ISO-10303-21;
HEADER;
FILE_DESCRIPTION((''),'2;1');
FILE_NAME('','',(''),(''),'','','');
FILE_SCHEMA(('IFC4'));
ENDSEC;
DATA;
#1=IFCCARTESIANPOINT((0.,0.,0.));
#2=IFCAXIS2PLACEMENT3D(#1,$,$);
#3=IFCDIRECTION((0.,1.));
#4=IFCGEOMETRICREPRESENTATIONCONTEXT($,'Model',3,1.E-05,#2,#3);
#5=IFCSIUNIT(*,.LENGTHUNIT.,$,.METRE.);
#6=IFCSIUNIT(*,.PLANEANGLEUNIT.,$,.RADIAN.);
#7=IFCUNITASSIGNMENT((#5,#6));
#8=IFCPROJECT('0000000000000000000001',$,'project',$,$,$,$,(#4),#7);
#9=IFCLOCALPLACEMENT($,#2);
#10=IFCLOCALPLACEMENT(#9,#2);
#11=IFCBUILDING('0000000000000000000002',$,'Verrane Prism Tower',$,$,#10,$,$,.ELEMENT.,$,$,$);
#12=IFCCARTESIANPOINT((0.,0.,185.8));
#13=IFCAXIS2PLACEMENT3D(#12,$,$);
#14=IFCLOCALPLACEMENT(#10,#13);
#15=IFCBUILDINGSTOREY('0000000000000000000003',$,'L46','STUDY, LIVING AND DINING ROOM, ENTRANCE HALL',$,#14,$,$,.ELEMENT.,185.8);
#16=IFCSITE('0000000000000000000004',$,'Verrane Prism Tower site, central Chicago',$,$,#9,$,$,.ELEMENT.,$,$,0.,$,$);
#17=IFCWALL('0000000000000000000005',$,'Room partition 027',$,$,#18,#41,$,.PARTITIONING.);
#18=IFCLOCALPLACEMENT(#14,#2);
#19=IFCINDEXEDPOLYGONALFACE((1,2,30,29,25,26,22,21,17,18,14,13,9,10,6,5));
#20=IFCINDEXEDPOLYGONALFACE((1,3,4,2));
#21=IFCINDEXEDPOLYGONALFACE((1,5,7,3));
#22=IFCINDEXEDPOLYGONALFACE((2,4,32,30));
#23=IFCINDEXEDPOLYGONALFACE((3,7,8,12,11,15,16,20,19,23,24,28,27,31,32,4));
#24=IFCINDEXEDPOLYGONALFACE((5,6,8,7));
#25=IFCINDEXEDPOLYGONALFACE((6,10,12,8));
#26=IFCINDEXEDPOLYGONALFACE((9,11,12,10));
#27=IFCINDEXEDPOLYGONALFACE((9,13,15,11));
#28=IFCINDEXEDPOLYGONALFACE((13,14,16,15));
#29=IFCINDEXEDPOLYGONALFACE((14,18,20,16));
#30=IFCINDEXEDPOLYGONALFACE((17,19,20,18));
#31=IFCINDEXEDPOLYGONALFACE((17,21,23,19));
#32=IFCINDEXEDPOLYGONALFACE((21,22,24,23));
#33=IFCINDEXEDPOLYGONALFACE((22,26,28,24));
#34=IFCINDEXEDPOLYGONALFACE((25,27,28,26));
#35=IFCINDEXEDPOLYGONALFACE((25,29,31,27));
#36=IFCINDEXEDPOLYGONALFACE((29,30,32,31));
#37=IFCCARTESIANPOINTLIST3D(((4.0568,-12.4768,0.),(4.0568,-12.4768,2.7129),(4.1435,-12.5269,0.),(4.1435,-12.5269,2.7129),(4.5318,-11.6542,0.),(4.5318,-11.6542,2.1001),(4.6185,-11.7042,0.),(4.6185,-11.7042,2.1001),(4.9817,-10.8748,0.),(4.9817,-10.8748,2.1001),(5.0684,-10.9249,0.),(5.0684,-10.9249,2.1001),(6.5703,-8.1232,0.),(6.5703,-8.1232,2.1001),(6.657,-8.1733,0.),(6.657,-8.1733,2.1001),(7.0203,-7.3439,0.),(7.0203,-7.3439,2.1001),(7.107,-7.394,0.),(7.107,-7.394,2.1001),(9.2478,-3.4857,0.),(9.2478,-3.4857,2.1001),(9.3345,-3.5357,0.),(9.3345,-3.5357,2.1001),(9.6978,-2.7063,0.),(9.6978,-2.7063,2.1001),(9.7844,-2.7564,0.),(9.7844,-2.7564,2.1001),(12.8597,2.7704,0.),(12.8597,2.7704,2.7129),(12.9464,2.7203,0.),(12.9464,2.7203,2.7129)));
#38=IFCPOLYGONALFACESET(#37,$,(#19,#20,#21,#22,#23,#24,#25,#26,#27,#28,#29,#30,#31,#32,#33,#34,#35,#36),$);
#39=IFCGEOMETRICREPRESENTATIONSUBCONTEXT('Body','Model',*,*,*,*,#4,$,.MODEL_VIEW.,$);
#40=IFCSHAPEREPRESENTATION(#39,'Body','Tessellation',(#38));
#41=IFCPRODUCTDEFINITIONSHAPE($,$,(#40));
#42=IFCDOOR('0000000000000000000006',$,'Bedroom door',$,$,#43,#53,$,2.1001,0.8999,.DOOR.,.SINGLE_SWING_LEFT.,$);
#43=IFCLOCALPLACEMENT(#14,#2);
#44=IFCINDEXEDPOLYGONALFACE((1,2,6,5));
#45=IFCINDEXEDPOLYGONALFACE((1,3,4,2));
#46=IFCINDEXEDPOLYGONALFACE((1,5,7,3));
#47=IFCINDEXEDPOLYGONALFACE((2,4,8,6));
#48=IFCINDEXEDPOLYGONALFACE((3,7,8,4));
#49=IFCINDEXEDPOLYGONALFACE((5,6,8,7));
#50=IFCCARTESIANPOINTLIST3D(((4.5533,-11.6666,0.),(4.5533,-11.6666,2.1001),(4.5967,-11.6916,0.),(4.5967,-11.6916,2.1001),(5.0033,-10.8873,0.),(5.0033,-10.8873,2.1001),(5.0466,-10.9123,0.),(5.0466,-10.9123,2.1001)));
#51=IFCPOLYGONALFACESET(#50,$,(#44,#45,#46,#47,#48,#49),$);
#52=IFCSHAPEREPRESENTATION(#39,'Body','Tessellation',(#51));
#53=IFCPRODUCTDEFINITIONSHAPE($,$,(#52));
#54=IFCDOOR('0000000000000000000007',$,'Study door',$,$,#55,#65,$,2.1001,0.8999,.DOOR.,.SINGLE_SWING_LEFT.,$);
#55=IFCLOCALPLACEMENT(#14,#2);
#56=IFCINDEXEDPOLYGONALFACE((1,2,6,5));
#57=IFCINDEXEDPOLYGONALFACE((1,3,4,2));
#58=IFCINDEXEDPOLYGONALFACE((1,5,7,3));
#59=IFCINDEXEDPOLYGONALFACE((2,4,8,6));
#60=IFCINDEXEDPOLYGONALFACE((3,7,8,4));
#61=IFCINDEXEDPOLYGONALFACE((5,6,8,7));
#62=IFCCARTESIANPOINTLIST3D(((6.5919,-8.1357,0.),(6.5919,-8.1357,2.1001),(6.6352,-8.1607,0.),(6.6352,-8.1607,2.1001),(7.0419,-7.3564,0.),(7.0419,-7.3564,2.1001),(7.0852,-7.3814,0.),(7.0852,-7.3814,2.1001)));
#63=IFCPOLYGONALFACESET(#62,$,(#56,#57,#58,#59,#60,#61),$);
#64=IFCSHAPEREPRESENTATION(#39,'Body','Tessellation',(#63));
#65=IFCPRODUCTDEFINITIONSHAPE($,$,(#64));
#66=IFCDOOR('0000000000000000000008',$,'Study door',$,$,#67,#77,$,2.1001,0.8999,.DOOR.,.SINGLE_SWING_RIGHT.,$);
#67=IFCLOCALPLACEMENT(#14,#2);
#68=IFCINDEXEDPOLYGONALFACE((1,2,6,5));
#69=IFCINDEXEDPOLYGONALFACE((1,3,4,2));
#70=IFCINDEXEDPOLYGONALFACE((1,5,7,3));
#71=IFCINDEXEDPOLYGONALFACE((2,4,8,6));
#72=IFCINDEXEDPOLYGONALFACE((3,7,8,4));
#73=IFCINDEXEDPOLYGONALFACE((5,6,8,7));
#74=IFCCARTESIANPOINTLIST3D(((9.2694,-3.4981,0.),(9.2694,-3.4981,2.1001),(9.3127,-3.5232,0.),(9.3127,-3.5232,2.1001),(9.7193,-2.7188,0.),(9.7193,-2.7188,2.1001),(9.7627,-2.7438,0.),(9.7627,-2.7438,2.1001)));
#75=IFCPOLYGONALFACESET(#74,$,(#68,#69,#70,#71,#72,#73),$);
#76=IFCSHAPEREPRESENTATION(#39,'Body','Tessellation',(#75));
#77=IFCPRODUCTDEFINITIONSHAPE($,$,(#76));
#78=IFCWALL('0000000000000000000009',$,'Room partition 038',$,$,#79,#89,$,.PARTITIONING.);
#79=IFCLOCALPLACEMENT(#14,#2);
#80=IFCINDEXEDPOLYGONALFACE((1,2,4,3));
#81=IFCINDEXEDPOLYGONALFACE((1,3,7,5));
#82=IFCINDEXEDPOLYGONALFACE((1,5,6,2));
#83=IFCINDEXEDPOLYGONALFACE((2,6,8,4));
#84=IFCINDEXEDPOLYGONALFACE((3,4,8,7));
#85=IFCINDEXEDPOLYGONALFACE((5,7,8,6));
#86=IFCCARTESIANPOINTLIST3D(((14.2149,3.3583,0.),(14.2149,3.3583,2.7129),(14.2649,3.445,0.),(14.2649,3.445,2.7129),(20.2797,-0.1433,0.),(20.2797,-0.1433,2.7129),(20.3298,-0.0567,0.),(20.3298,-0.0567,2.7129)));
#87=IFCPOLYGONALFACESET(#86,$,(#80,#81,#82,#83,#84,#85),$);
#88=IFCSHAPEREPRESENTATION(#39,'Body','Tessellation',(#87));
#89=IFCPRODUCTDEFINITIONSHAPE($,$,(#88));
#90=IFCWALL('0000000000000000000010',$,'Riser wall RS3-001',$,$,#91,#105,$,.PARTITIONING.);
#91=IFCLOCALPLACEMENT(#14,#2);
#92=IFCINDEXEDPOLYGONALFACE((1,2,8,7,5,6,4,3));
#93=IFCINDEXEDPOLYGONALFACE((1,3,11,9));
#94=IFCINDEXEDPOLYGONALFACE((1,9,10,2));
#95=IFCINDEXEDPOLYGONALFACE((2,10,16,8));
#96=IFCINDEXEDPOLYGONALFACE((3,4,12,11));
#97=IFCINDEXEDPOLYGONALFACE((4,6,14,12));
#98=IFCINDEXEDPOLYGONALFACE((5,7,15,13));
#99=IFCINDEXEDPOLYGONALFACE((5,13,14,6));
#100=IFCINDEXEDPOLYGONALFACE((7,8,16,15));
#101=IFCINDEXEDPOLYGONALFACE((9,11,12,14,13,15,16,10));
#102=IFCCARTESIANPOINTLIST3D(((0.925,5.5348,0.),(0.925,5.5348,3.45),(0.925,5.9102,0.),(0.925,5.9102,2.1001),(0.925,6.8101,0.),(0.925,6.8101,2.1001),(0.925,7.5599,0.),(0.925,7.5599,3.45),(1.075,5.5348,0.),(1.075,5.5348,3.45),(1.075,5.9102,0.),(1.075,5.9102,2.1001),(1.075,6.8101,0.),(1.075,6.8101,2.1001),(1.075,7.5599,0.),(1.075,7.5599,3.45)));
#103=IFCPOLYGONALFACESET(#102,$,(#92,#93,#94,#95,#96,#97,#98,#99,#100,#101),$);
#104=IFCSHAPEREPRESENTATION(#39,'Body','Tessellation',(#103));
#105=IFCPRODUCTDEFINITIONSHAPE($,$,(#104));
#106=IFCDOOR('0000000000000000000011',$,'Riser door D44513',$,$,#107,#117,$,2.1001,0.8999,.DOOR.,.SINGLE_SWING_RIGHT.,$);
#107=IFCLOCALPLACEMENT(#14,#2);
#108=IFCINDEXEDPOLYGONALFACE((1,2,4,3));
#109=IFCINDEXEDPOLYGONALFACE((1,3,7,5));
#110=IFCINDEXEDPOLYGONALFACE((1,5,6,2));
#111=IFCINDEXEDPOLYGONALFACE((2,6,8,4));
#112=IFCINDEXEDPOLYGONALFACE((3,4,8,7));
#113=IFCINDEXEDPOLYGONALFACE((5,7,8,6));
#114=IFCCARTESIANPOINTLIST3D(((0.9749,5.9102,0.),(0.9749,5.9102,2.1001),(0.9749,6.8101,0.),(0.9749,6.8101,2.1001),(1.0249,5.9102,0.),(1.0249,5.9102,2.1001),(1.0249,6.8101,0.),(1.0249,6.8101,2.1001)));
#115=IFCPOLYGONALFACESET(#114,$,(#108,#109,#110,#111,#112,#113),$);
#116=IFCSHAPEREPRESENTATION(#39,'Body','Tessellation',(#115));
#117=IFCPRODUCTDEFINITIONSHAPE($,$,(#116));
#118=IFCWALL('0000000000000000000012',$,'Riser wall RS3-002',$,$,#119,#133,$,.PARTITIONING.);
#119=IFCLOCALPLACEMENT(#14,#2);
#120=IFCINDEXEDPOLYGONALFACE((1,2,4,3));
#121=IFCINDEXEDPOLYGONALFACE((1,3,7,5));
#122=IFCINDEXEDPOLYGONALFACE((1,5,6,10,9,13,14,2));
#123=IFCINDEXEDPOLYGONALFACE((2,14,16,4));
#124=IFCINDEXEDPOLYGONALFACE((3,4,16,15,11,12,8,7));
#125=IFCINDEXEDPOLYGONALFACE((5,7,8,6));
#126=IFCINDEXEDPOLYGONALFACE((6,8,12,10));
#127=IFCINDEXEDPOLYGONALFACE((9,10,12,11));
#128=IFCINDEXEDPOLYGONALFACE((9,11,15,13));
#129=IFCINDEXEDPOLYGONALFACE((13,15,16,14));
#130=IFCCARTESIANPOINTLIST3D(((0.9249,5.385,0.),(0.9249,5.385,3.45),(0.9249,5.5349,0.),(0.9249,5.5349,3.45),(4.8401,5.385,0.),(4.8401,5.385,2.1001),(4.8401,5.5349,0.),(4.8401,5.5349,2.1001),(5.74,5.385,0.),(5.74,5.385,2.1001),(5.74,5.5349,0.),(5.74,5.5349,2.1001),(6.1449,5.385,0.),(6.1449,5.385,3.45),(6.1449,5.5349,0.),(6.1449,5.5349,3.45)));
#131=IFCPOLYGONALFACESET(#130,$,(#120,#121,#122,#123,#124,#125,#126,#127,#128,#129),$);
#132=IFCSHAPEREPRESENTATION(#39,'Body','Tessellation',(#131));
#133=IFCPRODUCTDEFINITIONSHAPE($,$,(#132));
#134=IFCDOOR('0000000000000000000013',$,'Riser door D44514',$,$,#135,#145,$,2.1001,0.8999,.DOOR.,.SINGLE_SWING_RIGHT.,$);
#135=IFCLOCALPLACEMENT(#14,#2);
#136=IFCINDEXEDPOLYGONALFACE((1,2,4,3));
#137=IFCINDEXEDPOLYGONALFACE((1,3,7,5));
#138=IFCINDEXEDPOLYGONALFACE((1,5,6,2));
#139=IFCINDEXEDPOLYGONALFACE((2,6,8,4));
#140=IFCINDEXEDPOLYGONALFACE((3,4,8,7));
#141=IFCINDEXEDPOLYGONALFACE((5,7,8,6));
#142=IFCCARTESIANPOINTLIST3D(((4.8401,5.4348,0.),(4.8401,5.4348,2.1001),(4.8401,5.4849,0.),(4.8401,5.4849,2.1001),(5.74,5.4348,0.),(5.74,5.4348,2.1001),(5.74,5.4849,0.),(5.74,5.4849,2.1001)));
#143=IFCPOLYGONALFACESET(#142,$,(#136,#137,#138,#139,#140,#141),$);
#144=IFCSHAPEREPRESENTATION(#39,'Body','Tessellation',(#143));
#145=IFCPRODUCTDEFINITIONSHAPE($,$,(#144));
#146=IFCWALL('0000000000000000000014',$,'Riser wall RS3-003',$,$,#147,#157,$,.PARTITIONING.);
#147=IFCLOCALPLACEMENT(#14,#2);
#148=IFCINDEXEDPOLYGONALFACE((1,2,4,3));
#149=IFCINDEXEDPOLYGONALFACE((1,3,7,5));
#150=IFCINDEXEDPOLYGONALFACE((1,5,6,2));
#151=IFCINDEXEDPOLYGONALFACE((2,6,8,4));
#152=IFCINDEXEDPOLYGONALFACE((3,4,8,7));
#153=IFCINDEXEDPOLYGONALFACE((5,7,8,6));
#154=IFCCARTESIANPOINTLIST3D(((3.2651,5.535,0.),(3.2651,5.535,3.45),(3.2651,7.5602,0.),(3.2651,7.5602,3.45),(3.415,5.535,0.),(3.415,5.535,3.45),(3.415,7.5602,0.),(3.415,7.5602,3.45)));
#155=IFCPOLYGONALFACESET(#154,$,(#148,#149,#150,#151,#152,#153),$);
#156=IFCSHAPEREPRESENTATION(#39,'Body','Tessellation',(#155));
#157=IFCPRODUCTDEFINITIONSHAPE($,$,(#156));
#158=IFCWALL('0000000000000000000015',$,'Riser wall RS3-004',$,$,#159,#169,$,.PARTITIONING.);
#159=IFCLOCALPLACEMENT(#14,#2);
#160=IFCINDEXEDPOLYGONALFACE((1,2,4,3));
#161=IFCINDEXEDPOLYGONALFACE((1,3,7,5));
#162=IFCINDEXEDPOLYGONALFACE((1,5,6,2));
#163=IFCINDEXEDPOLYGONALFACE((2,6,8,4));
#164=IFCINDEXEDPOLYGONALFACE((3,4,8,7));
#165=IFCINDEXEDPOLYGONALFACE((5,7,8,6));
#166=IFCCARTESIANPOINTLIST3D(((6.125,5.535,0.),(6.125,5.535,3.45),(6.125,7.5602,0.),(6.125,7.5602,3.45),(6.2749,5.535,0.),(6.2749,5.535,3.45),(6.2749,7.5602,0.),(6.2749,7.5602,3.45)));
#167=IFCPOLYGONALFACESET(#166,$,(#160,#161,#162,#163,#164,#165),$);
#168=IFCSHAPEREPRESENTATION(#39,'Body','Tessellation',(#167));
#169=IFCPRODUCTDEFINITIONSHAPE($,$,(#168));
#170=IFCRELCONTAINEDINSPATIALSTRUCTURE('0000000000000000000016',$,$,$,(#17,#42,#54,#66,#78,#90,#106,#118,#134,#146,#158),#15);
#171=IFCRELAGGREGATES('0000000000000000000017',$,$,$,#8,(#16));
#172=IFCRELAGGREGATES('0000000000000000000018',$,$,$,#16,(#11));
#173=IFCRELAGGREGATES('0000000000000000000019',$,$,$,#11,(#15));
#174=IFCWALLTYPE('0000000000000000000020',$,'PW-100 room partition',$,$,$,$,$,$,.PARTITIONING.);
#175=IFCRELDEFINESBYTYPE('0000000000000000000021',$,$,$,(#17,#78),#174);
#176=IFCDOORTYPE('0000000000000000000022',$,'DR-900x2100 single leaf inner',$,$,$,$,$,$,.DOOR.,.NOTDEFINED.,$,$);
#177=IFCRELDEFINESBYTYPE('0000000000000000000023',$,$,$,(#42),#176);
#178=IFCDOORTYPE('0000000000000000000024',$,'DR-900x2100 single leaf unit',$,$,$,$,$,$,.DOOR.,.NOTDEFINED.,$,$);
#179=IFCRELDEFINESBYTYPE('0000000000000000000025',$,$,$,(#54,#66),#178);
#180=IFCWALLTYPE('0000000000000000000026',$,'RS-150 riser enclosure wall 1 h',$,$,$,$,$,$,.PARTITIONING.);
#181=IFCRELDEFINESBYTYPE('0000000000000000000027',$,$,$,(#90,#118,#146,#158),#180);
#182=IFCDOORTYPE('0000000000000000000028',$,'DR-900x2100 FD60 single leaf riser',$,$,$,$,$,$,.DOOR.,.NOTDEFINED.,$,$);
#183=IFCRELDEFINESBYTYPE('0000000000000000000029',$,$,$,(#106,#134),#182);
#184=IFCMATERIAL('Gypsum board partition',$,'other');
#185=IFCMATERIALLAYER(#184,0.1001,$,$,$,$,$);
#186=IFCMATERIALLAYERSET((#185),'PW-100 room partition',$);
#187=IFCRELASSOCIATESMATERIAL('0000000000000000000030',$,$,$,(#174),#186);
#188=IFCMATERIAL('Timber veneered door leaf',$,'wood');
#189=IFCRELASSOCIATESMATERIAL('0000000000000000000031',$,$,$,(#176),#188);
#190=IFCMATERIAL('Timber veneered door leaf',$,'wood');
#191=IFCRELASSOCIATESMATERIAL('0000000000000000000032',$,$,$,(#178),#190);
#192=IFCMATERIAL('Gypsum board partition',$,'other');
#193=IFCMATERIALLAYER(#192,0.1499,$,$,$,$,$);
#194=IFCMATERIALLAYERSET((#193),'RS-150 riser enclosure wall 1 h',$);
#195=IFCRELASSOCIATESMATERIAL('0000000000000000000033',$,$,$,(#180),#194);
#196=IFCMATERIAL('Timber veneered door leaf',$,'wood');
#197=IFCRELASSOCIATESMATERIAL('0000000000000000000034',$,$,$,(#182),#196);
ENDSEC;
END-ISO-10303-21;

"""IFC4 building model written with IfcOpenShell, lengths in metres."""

from ifc_helpers import new_model, si_unit, direction, frame, frame_2d, origin, place, context, subcontext, project, spatial, rectangle, extrude, material, layer, layer_set, type_object, element, fill, save


model = new_model("IFC4")

# Units and contexts
model_context = context("Model", 3, precision=1e-05, world=origin(), true_north=direction((0.0, 1.0)))
body_context = subcontext(model_context, "Body", "Model", "MODEL_VIEW")
ifc_project = project(units=[si_unit("LENGTHUNIT", "METRE"), si_unit("PLANEANGLEUNIT", "RADIAN")], contexts=[model_context])

# Site, building, storey
site_placement = place(None, origin())
site = spatial("IfcSite", under=ifc_project, at=site_placement, Name="Verrane Prism Tower site, central Chicago", CompositionType="ELEMENT", RefElevation=0.0)
building_placement = place(site_placement, origin())
building = spatial("IfcBuilding", under=site, at=building_placement, Name="Verrane Prism Tower", CompositionType="ELEMENT")
storey_placement = place(building_placement, frame((0.0, 0.0, 185.8)))
storey = spatial("IfcBuildingStorey", under=building, at=storey_placement, Name="L46", Description="STUDY, LIVING AND DINING ROOM, ENTRANCE HALL", CompositionType="ELEMENT", Elevation=185.8)

# Wall, openings, doors
ifc_material_1 = material(Name="Gypsum board partition", Category="other")
ifc_layer_1 = layer(ifc_material_1, 0.1001)
ifc_layer_set_1 = layer_set([ifc_layer_1], Name="PW-100 room partition")
wall_type_1 = type_object("IfcWallType", Name="PW-100 room partition", PredefinedType="PARTITIONING", material=ifc_layer_set_1)
wall_1_placement = place(storey_placement, frame((12.9031, 2.7454, 0.0), z_axis=(0.0, 0.0, 1.0), x_axis=(-0.499997, -0.866027, 0.0)))
wall_1 = element("IfcWall", 1, at=wall_1_placement, inside=storey, type_object=wall_type_1, Name="Room partition 027", PredefinedType="PARTITIONING", context=body_context, shape_type="SweptSolid", body=[
    extrude(rectangle(XDim=17.606, YDim=0.1001, at=frame_2d((8.803, 0.0))), origin(), (0.0, 0.0, 1.0), 2.7129),
])
opening_1_placement = place(wall_1_placement, frame((15.7561, 0.0, 0.0)))
opening_1 = element("IfcOpeningElement", 2, at=opening_1_placement, cuts=wall_1, PredefinedType="OPENING", context=body_context, shape_type="SweptSolid", body=[
    extrude(rectangle(XDim=0.8999, YDim=2.1001, at=frame_2d((0.45, 1.05))), frame((0.0, 0.0601, 0.0), z_axis=(0.0, -1.0, 0.0), x_axis=(1.0, 0.0, 0.0)), (0.0, 0.0, 1.0), 0.1201),
])
opening_2_placement = place(wall_1_placement, frame((11.679, 0.0, 0.0)))
opening_2 = element("IfcOpeningElement", 3, at=opening_2_placement, cuts=wall_1, PredefinedType="OPENING", context=body_context, shape_type="SweptSolid", body=[
    extrude(rectangle(XDim=0.8999, YDim=2.1001, at=frame_2d((0.45, 1.05))), frame((0.0, 0.0601, 0.0), z_axis=(0.0, -1.0, 0.0), x_axis=(1.0, 0.0, 0.0)), (0.0, 0.0, 1.0), 0.1201),
])
opening_3_placement = place(wall_1_placement, frame((6.324, 0.0, 0.0)))
opening_3 = element("IfcOpeningElement", 4, at=opening_3_placement, cuts=wall_1, PredefinedType="OPENING", context=body_context, shape_type="SweptSolid", body=[
    extrude(rectangle(XDim=0.8999, YDim=2.1001, at=frame_2d((0.45, 1.05))), frame((0.0, 0.0601, 0.0), z_axis=(0.0, -1.0, 0.0), x_axis=(1.0, 0.0, 0.0)), (0.0, 0.0, 1.0), 0.1201),
])
ifc_material_2 = material(Name="Timber veneered door leaf", Category="wood")
door_type_1 = type_object("IfcDoorType", Name="DR-900x2100 single leaf inner", OperationType="NOTDEFINED", PredefinedType="DOOR", material=ifc_material_2)
door_1_placement = place(opening_1_placement, origin())
door_1 = element("IfcDoor", 5, at=door_1_placement, inside=storey, type_object=door_type_1, Name="Bedroom door", OperationType="SINGLE_SWING_LEFT", OverallHeight=2.1001, OverallWidth=0.8999, PredefinedType="DOOR", context=body_context, shape_type="SweptSolid", body=[
    extrude(rectangle(XDim=0.8999, YDim=2.1001, at=frame_2d((0.45, 1.05))), frame((0.0, 0.0249, 0.0), z_axis=(0.0, -1.0, 0.0), x_axis=(1.0, 0.0, 0.0)), (0.0, 0.0, 1.0), 0.05),
])
fill(opening_1, door_1)
ifc_material_3 = material(Name="Timber veneered door leaf", Category="wood")
door_type_2 = type_object("IfcDoorType", Name="DR-900x2100 single leaf unit", OperationType="NOTDEFINED", PredefinedType="DOOR", material=ifc_material_3)
door_2_placement = place(opening_2_placement, origin())
door_2 = element("IfcDoor", 6, at=door_2_placement, inside=storey, type_object=door_type_2, Name="Study door", OperationType="SINGLE_SWING_LEFT", OverallHeight=2.1001, OverallWidth=0.8999, PredefinedType="DOOR", context=body_context, shape_type="SweptSolid", body=[
    extrude(rectangle(XDim=0.8999, YDim=2.1001, at=frame_2d((0.45, 1.05))), frame((0.0, 0.0249, 0.0), z_axis=(0.0, -1.0, 0.0), x_axis=(1.0, 0.0, 0.0)), (0.0, 0.0, 1.0), 0.05),
])
fill(opening_2, door_2)
door_3_placement = place(opening_3_placement, origin())
door_3 = element("IfcDoor", 7, at=door_3_placement, inside=storey, type_object=door_type_2, Name="Study door", OperationType="SINGLE_SWING_RIGHT", OverallHeight=2.1001, OverallWidth=0.8999, PredefinedType="DOOR", context=body_context, shape_type="SweptSolid", body=[
    extrude(rectangle(XDim=0.8999, YDim=2.1001, at=frame_2d((0.45, 1.05))), frame((0.0, 0.0249, 0.0), z_axis=(0.0, -1.0, 0.0), x_axis=(1.0, 0.0, 0.0)), (0.0, 0.0, 1.0), 0.05),
])
fill(opening_3, door_3)

# Wall
wall_2_placement = place(storey_placement, frame((14.24, 3.4016, 0.0), z_axis=(0.0, 0.0, 1.0), x_axis=(0.866018, -0.500012, 0.0)))
element("IfcWall", 8, at=wall_2_placement, inside=storey, type_object=wall_type_1, Name="Room partition 038", PredefinedType="PARTITIONING", context=body_context, shape_type="SweptSolid", body=[
    extrude(rectangle(XDim=7.0032, YDim=0.1001, at=frame_2d((3.5015, 0.0))), origin(), (0.0, 0.0, 1.0), 2.7129),
])

# Walls, openings, doors
ifc_material_4 = material(Name="Gypsum board partition", Category="other")
ifc_layer_2 = layer(ifc_material_4, 0.1499)
ifc_layer_set_2 = layer_set([ifc_layer_2], Name="RS-150 riser enclosure wall 1 h")
wall_type_2 = type_object("IfcWallType", Name="RS-150 riser enclosure wall 1 h", PredefinedType="PARTITIONING", material=ifc_layer_set_2)
wall_3_placement = place(storey_placement, frame((1.0, 7.5601, 0.0), z_axis=(0.0, 0.0, 1.0), x_axis=(0.0, -1.0, 0.0)))
wall_3 = element("IfcWall", 9, at=wall_3_placement, inside=storey, type_object=wall_type_2, Name="Riser wall RS3-001", PredefinedType="PARTITIONING", context=body_context, shape_type="SweptSolid", body=[
    extrude(rectangle(XDim=2.0251, YDim=0.1499, at=frame_2d((1.0127, 0.0))), origin(), (0.0, 0.0, 1.0), 3.45),
])
opening_4_placement = place(wall_3_placement, frame((0.75, 0.0, 0.0)))
opening_4 = element("IfcOpeningElement", 10, at=opening_4_placement, cuts=wall_3, PredefinedType="OPENING", context=body_context, shape_type="SweptSolid", body=[
    extrude(rectangle(XDim=0.8999, YDim=2.1001, at=frame_2d((0.45, 1.05))), frame((0.0, 0.085, 0.0), z_axis=(0.0, -1.0, 0.0), x_axis=(1.0, 0.0, 0.0)), (0.0, 0.0, 1.0), 0.1699),
])
ifc_material_5 = material(Name="Timber veneered door leaf", Category="wood")
door_type_3 = type_object("IfcDoorType", Name="DR-900x2100 FD60 single leaf riser", OperationType="NOTDEFINED", PredefinedType="DOOR", material=ifc_material_5)
door_4_placement = place(opening_4_placement, origin())
door_4 = element("IfcDoor", 11, at=door_4_placement, inside=storey, type_object=door_type_3, Name="Riser door D44513", OperationType="SINGLE_SWING_RIGHT", OverallHeight=2.1001, OverallWidth=0.8999, PredefinedType="DOOR", context=body_context, shape_type="SweptSolid", body=[
    extrude(rectangle(XDim=0.8999, YDim=2.1001, at=frame_2d((0.45, 1.05))), frame((0.0, 0.0249, 0.0), z_axis=(0.0, -1.0, 0.0), x_axis=(1.0, 0.0, 0.0)), (0.0, 0.0, 1.0), 0.05),
])
fill(opening_4, door_4)
wall_4_placement = place(storey_placement, frame((0.925, 5.46, 0.0), z_axis=(0.0, 0.0, 1.0), x_axis=(1.0, 0.0, 0.0)))
wall_4 = element("IfcWall", 12, at=wall_4_placement, inside=storey, type_object=wall_type_2, Name="Riser wall RS3-002", PredefinedType="PARTITIONING", context=body_context, shape_type="SweptSolid", body=[
    extrude(rectangle(XDim=5.22, YDim=0.1499, at=frame_2d((2.6099, 0.0))), origin(), (0.0, 0.0, 1.0), 3.45),
])
opening_5_placement = place(wall_4_placement, frame((3.915, 0.0, 0.0)))
opening_5 = element("IfcOpeningElement", 13, at=opening_5_placement, cuts=wall_4, PredefinedType="OPENING", context=body_context, shape_type="SweptSolid", body=[
    extrude(rectangle(XDim=0.8999, YDim=2.1001, at=frame_2d((0.45, 1.05))), frame((0.0, 0.085, 0.0), z_axis=(0.0, -1.0, 0.0), x_axis=(1.0, 0.0, 0.0)), (0.0, 0.0, 1.0), 0.1699),
])
door_5_placement = place(opening_5_placement, origin())
door_5 = element("IfcDoor", 14, at=door_5_placement, inside=storey, type_object=door_type_3, Name="Riser door D44514", OperationType="SINGLE_SWING_RIGHT", OverallHeight=2.1001, OverallWidth=0.8999, PredefinedType="DOOR", context=body_context, shape_type="SweptSolid", body=[
    extrude(rectangle(XDim=0.8999, YDim=2.1001, at=frame_2d((0.45, 1.05))), frame((0.0, 0.0249, 0.0), z_axis=(0.0, -1.0, 0.0), x_axis=(1.0, 0.0, 0.0)), (0.0, 0.0, 1.0), 0.05),
])
fill(opening_5, door_5)

# Walls
for number, where, z_axis, x_axis, name in (
    (15, (3.3401, 5.5349, 0.0), (0.0, 0.0, 1.0), (0.0, 1.0, 0.0), "Riser wall RS3-003"),
    (16, (6.2, 5.5349, 0.0), (0.0, 0.0, 1.0), (0.0, 1.0, 0.0), "Riser wall RS3-004"),
):
    element("IfcWall", number, at=place(storey_placement, frame(where, z_axis=z_axis, x_axis=x_axis)), inside=storey, type_object=wall_type_2, Name=name, PredefinedType="PARTITIONING", context=body_context, shape_type="SweptSolid", body=[
        extrude(rectangle(XDim=2.0251, YDim=0.1499, at=frame_2d((1.0127, 0.0))), origin(), (0.0, 0.0, 1.0), 3.45),
    ])

save(model, "model.ifc")
